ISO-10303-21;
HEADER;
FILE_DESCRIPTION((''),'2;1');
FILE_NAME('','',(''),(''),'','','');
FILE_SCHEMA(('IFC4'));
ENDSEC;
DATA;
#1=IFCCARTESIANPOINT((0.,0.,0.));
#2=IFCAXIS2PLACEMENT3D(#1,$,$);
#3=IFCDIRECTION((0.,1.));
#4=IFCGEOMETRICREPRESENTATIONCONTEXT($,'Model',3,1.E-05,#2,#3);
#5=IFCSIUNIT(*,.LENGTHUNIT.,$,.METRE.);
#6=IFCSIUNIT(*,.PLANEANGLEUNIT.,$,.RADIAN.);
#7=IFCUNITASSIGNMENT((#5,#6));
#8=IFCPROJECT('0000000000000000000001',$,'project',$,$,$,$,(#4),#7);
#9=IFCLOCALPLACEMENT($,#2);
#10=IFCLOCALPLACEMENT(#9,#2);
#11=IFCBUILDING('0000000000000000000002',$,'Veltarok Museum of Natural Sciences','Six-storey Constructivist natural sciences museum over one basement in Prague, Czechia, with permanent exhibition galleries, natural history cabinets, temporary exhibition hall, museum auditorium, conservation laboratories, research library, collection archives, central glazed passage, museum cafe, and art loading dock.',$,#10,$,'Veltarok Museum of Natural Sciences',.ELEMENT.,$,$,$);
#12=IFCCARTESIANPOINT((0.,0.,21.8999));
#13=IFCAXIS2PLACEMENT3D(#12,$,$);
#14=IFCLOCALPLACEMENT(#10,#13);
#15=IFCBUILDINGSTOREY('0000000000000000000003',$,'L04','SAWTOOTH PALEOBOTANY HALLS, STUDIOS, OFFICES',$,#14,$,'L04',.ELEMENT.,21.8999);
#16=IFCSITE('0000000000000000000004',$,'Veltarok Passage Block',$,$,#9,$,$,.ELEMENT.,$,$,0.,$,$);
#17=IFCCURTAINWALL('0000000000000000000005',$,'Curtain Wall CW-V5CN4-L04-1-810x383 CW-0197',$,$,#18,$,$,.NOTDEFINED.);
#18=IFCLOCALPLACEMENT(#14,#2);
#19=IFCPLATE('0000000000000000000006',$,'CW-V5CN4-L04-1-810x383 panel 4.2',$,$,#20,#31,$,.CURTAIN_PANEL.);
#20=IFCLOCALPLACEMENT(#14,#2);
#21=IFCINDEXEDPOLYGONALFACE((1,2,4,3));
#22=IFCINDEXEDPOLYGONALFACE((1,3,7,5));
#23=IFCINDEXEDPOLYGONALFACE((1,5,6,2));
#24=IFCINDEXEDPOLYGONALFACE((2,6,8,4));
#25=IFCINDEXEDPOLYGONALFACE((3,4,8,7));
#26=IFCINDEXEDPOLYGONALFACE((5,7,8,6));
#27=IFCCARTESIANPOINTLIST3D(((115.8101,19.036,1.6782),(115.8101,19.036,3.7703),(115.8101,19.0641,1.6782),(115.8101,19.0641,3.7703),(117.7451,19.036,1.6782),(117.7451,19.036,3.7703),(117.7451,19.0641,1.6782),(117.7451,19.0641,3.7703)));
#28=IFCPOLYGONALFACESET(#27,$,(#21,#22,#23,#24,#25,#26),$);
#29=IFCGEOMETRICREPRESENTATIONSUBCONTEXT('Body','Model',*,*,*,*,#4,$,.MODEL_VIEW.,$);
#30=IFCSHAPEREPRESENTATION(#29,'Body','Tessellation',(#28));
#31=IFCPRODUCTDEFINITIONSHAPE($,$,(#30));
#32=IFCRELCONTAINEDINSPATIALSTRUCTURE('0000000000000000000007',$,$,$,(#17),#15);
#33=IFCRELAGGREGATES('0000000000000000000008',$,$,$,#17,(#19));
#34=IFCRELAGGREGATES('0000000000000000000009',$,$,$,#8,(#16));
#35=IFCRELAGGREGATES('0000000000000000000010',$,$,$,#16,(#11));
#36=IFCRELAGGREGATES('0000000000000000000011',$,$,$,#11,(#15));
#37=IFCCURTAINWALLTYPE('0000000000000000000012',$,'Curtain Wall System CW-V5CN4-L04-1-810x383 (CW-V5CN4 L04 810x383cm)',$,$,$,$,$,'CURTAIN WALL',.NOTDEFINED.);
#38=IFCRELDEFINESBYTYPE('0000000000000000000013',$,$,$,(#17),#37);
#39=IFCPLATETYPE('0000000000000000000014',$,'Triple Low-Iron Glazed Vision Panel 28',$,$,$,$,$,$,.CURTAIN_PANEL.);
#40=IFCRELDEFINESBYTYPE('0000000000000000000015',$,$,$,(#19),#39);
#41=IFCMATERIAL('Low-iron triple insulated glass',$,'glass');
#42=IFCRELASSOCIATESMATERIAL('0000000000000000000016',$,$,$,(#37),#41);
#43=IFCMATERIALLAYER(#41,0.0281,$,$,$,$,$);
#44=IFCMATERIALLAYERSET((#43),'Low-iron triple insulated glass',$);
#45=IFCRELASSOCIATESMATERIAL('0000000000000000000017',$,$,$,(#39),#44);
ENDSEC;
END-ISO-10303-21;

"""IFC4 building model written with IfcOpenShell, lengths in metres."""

from ifc_helpers import new_model, si_unit, direction, frame, origin, origin_2d, place, context, subcontext, project, spatial, rectangle, extrude, material, layer, layer_set, type_object, element, aggregate, save


model = new_model("IFC4")

# Units and contexts
model_context = context("Model", 3, precision=1e-05, world=origin(), true_north=direction((0.0, 1.0)))
body_context = subcontext(model_context, "Body", "Model", "MODEL_VIEW")
ifc_project = project(units=[si_unit("LENGTHUNIT", "METRE"), si_unit("PLANEANGLEUNIT", "RADIAN")], contexts=[model_context])

# Site, building, storey
site_placement = place(None, origin())
site = spatial("IfcSite", under=ifc_project, at=site_placement, Name="Veltarok Passage Block", CompositionType="ELEMENT", RefElevation=0.0)
building_placement = place(site_placement, origin())
building = spatial("IfcBuilding", under=site, at=building_placement, Name="Veltarok Museum of Natural Sciences", Description="Six-storey Constructivist natural sciences museum over one basement in Prague, Czechia, with permanent exhibition galleries, natural history cabinets, temporary exhibition hall, museum auditorium, conservation laboratories, research library, collection archives, central glazed passage, museum cafe, and art loading dock.", LongName="Veltarok Museum of Natural Sciences", CompositionType="ELEMENT")
storey_placement = place(building_placement, frame((0.0, 0.0, 21.8999)))
storey = spatial("IfcBuildingStorey", under=building, at=storey_placement, Name="L04", Description="SAWTOOTH PALEOBOTANY HALLS, STUDIOS, OFFICES", LongName="L04", CompositionType="ELEMENT", Elevation=21.8999)

# Curtain wall
ifc_material_1 = material(Name="Low-iron triple insulated glass", Category="glass")
curtain_wall_type = type_object("IfcCurtainWallType", Name="Curtain Wall System CW-V5CN4-L04-1-810x383 (CW-V5CN4 L04 810x383cm)", ElementType="CURTAIN WALL", PredefinedType="NOTDEFINED", material=ifc_material_1)
curtain_wall_placement = place(storey_placement, origin())
curtain_wall = element("IfcCurtainWall", 1, at=curtain_wall_placement, inside=storey, type_object=curtain_wall_type, Name="Curtain Wall CW-V5CN4-L04-1-810x383 CW-0197", PredefinedType="NOTDEFINED")

# Plate
ifc_layer = layer(ifc_material_1, 0.0281)
ifc_layer_set = layer_set([ifc_layer], Name="Low-iron triple insulated glass")
plate_type = type_object("IfcPlateType", Name="Triple Low-Iron Glazed Vision Panel 28", PredefinedType="CURTAIN_PANEL", material=ifc_layer_set)
plate_1_placement = place(storey_placement, frame((116.7776, 19.05, 1.6782), z_axis=(0.0, 0.0, 1.0), x_axis=(-1.0, 0.0, 0.0)))
plate_1 = element("IfcPlate", 2, at=plate_1_placement, type_object=plate_type, Name="CW-V5CN4-L04-1-810x383 panel 4.2", PredefinedType="CURTAIN_PANEL", context=body_context, shape_type="SweptSolid", body=[
    extrude(rectangle(XDim=1.9351, YDim=0.0281, at=origin_2d()), origin(), (0.0, 0.0, 1.0), 2.092),
])
aggregate(curtain_wall, [plate_1])

save(model, "model.ifc")
